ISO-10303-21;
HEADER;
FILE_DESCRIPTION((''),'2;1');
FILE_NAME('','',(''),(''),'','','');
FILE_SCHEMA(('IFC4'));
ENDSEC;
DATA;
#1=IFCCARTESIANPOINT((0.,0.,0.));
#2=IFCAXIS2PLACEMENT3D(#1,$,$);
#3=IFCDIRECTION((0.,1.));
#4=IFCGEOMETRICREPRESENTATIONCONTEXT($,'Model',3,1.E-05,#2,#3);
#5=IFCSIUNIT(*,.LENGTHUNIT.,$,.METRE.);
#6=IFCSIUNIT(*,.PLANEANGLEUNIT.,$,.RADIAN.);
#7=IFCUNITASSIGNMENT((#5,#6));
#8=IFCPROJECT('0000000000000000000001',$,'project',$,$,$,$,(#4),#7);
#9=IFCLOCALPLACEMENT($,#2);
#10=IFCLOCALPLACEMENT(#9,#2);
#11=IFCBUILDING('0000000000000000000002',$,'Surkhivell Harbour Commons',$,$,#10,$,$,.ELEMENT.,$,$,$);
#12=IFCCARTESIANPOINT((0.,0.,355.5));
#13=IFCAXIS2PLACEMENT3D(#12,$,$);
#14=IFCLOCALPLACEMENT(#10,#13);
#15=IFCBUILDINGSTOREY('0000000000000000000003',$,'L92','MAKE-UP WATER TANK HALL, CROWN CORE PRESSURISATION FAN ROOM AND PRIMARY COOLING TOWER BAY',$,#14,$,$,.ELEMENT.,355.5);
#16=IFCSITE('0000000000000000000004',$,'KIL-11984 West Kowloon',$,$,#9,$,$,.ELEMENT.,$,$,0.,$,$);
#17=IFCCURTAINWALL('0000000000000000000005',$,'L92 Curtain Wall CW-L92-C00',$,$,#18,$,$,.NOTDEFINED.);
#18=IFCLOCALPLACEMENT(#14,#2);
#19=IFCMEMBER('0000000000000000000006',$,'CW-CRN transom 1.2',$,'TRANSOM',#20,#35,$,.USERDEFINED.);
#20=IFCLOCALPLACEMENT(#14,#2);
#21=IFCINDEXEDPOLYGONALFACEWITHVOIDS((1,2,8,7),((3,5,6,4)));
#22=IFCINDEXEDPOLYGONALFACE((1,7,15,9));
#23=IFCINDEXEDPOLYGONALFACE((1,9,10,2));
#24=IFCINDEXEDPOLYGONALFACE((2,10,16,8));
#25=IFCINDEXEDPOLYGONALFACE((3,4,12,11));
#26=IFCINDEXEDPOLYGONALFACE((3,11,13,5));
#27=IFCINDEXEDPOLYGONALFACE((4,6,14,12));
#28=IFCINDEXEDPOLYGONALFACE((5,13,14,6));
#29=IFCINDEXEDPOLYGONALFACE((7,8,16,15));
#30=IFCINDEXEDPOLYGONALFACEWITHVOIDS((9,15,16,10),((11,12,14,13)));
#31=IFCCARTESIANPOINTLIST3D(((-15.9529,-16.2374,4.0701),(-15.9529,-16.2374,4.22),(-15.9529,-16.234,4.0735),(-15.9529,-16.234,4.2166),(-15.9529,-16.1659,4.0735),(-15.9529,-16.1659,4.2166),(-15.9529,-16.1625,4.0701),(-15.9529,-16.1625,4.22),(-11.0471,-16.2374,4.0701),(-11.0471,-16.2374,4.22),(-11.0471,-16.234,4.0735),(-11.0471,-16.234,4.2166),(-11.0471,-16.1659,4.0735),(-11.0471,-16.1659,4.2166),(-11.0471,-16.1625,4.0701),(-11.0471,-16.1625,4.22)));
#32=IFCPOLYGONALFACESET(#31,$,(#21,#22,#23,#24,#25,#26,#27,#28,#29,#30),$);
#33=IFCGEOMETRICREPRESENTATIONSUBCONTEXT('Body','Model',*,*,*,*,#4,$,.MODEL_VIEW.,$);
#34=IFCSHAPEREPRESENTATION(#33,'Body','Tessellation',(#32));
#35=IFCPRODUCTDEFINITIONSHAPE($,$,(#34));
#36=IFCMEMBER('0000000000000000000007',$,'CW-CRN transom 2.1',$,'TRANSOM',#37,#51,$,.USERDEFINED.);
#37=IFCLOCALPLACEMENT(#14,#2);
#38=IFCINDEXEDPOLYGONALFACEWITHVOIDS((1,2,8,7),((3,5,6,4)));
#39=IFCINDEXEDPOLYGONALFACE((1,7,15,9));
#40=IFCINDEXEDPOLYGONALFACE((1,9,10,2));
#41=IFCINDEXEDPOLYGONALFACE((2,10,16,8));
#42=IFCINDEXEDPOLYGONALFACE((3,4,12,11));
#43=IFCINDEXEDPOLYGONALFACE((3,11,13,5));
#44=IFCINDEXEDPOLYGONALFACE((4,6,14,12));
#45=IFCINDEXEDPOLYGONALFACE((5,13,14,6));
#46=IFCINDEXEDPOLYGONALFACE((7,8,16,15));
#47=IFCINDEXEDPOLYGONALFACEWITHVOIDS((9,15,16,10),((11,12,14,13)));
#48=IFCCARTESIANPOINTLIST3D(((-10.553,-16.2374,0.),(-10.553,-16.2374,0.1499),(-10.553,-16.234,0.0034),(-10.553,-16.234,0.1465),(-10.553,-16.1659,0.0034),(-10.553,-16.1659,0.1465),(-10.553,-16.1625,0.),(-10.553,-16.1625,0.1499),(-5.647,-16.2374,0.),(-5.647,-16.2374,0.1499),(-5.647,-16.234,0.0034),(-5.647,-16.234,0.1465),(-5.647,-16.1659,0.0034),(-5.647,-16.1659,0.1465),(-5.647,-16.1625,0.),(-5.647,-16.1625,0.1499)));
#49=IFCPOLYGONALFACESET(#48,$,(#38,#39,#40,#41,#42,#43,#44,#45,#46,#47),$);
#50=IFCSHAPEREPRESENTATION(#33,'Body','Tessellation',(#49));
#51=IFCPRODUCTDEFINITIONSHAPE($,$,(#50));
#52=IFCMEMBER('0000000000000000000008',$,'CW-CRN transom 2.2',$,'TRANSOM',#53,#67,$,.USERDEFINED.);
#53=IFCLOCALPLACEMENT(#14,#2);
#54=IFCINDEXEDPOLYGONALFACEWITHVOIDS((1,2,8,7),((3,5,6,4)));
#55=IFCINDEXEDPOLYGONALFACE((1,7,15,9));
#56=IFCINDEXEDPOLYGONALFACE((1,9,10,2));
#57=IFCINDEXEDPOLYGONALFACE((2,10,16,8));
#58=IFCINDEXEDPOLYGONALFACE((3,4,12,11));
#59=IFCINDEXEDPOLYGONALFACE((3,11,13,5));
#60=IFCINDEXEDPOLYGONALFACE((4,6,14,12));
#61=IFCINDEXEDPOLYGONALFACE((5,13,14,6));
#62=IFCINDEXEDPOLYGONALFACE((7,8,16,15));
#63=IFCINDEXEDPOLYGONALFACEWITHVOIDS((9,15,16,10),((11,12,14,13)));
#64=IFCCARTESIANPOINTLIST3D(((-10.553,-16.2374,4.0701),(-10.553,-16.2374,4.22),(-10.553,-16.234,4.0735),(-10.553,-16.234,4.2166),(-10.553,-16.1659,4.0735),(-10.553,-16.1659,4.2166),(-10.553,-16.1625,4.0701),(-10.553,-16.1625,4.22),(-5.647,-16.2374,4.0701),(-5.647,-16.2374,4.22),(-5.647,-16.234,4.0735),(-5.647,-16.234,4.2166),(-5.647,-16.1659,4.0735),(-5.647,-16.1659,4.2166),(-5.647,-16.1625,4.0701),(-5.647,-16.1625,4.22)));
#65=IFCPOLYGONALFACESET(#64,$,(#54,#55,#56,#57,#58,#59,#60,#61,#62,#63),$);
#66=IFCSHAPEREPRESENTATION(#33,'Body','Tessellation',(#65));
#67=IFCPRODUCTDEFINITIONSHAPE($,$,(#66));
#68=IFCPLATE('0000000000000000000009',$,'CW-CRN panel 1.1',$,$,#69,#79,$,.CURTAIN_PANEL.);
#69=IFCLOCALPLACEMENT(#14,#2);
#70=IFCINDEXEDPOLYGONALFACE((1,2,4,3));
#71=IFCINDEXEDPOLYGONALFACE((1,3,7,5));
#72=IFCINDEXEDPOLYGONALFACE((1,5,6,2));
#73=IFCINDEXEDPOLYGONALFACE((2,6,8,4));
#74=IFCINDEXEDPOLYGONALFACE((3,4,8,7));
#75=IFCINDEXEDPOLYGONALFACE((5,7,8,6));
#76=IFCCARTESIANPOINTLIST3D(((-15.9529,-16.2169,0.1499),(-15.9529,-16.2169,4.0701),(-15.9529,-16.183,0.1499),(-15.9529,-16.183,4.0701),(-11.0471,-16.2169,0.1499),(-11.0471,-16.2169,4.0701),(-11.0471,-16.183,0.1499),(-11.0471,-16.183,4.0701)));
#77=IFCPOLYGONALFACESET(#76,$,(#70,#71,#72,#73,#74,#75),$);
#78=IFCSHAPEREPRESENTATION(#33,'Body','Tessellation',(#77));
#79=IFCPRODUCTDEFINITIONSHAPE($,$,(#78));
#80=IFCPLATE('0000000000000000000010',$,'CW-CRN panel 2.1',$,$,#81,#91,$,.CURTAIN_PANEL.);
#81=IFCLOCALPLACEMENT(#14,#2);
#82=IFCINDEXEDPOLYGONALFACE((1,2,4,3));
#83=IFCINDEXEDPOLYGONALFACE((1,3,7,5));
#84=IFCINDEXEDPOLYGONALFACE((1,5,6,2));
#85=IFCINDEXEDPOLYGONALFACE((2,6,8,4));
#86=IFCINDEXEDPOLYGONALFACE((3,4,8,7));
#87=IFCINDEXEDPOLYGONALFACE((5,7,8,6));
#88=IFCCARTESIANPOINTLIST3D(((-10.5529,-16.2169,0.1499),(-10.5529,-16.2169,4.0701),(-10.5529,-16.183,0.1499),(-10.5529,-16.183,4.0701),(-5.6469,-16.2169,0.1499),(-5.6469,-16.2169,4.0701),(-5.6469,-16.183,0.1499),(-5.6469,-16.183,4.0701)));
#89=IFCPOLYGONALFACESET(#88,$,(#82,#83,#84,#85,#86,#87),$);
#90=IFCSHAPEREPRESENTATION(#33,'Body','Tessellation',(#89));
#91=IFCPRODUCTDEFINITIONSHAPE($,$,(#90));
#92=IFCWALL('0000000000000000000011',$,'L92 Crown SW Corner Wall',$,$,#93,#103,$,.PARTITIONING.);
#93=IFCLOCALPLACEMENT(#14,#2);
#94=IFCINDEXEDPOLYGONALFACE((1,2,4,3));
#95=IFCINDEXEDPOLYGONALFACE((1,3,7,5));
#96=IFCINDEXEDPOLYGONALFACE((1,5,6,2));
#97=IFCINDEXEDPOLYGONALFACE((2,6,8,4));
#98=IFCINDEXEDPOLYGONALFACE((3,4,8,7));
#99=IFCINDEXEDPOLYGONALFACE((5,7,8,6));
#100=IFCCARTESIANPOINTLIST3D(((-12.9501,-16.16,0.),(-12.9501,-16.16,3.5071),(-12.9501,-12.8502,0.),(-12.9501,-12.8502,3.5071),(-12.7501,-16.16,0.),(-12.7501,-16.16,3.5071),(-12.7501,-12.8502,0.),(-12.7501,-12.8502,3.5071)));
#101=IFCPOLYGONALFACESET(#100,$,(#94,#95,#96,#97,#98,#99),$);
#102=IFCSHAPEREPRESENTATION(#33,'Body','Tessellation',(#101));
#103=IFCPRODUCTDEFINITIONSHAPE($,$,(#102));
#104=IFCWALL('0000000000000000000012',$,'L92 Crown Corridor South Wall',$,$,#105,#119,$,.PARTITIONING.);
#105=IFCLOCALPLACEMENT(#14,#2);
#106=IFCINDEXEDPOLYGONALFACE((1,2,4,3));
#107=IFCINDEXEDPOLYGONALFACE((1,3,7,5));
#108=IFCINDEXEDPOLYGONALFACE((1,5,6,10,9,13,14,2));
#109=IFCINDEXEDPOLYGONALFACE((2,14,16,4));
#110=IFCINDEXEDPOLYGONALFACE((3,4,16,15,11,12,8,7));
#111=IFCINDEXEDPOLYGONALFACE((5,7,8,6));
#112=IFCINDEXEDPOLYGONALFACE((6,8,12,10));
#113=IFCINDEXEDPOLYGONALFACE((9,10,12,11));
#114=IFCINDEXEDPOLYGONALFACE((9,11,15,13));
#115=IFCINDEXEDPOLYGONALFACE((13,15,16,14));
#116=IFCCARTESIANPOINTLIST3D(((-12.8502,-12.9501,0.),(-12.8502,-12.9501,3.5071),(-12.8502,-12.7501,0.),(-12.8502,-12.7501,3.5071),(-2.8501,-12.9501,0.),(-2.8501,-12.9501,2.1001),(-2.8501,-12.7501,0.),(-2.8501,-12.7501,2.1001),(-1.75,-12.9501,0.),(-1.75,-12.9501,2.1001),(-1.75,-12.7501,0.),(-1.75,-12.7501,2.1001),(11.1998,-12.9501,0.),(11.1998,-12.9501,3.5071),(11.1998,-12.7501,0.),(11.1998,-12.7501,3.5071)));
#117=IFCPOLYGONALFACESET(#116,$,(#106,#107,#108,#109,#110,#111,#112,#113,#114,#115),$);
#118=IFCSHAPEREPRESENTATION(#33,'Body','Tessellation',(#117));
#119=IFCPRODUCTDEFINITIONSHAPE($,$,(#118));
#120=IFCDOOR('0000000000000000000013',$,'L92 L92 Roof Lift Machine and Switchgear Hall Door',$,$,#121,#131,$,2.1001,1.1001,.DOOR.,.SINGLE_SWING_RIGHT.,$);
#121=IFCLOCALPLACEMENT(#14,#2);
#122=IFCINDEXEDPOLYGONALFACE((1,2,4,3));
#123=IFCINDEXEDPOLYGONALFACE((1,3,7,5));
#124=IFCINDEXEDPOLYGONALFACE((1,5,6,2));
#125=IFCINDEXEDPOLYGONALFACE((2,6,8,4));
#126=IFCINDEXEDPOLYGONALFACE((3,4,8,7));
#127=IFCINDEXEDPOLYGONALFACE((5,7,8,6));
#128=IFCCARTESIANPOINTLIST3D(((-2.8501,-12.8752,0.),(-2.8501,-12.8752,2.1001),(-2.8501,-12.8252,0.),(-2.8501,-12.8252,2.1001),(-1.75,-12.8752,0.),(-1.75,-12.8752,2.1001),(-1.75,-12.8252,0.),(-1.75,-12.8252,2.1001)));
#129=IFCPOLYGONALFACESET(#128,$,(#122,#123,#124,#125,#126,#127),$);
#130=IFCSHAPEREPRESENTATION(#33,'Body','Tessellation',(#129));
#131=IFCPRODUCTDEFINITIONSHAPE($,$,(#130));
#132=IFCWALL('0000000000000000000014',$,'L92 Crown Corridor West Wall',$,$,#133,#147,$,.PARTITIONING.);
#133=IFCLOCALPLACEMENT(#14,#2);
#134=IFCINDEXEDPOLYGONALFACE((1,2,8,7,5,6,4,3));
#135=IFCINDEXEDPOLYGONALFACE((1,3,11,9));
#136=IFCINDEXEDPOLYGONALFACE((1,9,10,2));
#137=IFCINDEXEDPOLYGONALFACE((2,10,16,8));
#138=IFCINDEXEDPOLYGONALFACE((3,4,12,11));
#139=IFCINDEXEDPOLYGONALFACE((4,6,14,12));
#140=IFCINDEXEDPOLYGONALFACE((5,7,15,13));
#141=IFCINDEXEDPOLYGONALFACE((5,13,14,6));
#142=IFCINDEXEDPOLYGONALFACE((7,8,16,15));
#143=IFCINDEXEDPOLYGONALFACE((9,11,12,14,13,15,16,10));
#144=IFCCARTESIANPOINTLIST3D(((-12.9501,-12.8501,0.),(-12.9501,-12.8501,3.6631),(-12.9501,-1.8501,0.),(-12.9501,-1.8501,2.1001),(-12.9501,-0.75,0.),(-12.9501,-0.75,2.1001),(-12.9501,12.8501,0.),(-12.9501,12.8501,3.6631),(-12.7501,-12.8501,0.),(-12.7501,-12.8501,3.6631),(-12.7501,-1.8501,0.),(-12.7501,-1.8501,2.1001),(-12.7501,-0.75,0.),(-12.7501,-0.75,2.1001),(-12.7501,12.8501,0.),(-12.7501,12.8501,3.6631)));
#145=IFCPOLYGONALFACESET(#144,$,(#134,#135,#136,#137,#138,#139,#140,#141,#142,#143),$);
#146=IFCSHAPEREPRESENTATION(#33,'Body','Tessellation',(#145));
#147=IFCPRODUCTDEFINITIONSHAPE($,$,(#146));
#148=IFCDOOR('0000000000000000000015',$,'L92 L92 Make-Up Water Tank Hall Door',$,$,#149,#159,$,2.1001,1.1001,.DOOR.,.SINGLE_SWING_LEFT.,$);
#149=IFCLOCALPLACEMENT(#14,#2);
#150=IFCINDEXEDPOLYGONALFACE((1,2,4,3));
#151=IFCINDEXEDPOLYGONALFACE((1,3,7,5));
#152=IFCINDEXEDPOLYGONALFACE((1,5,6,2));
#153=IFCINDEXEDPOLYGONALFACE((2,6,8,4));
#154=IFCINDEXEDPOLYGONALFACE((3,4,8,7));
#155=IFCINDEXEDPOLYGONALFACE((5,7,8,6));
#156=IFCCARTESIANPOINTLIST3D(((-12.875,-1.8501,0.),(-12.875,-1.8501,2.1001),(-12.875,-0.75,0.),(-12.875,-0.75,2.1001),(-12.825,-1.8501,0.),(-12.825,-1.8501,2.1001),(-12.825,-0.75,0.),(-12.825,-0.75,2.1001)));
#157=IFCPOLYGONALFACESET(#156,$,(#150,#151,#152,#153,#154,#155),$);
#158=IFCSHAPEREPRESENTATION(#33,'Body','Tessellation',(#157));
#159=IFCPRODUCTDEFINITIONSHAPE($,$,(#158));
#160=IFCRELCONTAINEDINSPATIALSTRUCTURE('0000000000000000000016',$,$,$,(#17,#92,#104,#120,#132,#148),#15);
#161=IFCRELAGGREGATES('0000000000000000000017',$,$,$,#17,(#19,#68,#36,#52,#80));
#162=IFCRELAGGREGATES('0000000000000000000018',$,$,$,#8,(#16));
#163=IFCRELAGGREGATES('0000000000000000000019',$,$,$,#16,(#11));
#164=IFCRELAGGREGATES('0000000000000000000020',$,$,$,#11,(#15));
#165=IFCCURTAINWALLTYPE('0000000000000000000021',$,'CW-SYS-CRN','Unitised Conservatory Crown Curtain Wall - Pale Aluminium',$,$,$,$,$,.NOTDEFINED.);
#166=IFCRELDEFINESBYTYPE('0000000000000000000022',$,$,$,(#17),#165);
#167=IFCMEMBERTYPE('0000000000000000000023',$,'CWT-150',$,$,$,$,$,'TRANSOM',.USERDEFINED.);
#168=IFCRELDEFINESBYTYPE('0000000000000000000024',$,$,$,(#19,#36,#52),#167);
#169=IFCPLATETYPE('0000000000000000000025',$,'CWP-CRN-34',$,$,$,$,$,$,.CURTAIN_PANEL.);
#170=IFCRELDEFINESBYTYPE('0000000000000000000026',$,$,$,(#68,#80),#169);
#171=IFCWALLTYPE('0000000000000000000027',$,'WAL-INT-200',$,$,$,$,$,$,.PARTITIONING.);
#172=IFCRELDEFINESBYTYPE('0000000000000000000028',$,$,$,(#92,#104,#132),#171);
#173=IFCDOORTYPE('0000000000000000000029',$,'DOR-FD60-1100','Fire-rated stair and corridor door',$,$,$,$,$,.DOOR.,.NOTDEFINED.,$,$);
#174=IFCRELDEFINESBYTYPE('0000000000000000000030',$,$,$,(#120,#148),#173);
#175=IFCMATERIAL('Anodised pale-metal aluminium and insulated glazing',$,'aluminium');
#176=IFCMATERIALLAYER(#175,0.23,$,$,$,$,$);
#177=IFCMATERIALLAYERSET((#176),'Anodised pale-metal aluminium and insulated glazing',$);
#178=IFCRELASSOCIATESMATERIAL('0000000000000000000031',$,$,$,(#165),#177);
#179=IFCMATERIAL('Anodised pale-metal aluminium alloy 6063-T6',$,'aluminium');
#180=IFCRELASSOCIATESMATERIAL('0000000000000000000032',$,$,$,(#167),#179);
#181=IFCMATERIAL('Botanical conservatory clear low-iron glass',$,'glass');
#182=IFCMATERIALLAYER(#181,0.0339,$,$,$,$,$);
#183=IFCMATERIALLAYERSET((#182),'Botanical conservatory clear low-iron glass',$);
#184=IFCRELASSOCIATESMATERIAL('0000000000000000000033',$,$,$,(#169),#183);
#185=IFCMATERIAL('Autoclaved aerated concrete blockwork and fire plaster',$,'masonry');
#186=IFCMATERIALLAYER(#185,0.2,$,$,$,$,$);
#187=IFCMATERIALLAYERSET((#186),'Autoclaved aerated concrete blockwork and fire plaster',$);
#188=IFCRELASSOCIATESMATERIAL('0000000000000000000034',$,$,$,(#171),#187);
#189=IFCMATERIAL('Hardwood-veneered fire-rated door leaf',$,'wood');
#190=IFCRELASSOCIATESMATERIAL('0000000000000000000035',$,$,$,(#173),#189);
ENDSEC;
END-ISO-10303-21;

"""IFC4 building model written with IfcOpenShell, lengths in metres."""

from ifc_helpers import new_model, si_unit, direction, frame, frame_2d, origin, origin_2d, place, context, subcontext, project, spatial, rectangle, hollow_rectangle, extrude, material, layer, layer_set, material_profile, profile_set, type_object, element, fill, aggregate, save


model = new_model("IFC4")

# Units and contexts
model_context = context("Model", 3, precision=1e-05, world=origin(), true_north=direction((0.0, 1.0)))
body_context = subcontext(model_context, "Body", "Model", "MODEL_VIEW")
ifc_project = project(units=[si_unit("LENGTHUNIT", "METRE"), si_unit("PLANEANGLEUNIT", "RADIAN")], contexts=[model_context])

# Site, building, storey
site_placement = place(None, origin())
site = spatial("IfcSite", under=ifc_project, at=site_placement, Name="KIL-11984 West Kowloon", CompositionType="ELEMENT", RefElevation=0.0)
building_placement = place(site_placement, origin())
building = spatial("IfcBuilding", under=site, at=building_placement, Name="Surkhivell Harbour Commons", CompositionType="ELEMENT")
storey_placement = place(building_placement, frame((0.0, 0.0, 355.5)))
storey = spatial("IfcBuildingStorey", under=building, at=storey_placement, Name="L92", Description="MAKE-UP WATER TANK HALL, CROWN CORE PRESSURISATION FAN ROOM AND PRIMARY COOLING TOWER BAY", CompositionType="ELEMENT", Elevation=355.5)

# Curtain wall, members, plates
ifc_material_1 = material(Name="Anodised pale-metal aluminium and insulated glazing", Category="aluminium")
ifc_layer_1 = layer(ifc_material_1, 0.23)
ifc_layer_set_1 = layer_set([ifc_layer_1], Name="Anodised pale-metal aluminium and insulated glazing")
curtain_wall_type = type_object("IfcCurtainWallType", Name="CW-SYS-CRN", Description="Unitised Conservatory Crown Curtain Wall - Pale Aluminium", PredefinedType="NOTDEFINED", material=ifc_layer_set_1)
curtain_wall_placement = place(storey_placement, origin())
curtain_wall = element("IfcCurtainWall", 1, at=curtain_wall_placement, inside=storey, type_object=curtain_wall_type, Name="L92 Curtain Wall CW-L92-C00", PredefinedType="NOTDEFINED")
ifc_material_2 = material(Name="Anodised pale-metal aluminium alloy 6063-T6", Category="aluminium")
ifc_material_profile_1 = material_profile(ifc_material_2, hollow_rectangle(XDim=0.075, YDim=0.1499, WallThickness=0.0034, at=origin_2d()), Name="ALU-TRAN-75x150")
ifc_profile_set_1 = profile_set([ifc_material_profile_1], Name="Anodised pale-metal aluminium alloy 6063-T6")
member_type_1 = type_object("IfcMemberType", Name="CWT-150", ElementType="TRANSOM", PredefinedType="USERDEFINED", material=ifc_profile_set_1)
member_1_placement = place(storey_placement, frame((-15.9529, -16.2, 4.145), z_axis=(1.0, 0.0, 0.0), x_axis=(0.0, 1.0, 0.0)))
member_1 = element("IfcMember", 2, at=member_1_placement, type_object=member_type_1, Name="CW-CRN transom 1.2", ObjectType="TRANSOM", PredefinedType="USERDEFINED", context=body_context, shape_type="SweptSolid", body=[
    extrude(hollow_rectangle(XDim=0.075, YDim=0.1499, WallThickness=0.0034, at=origin_2d()), origin(), (0.0, 0.0, 1.0), 4.9058),
])
member_2_placement = place(storey_placement, frame((-10.553, -16.2, 0.075), z_axis=(1.0, 0.0, 0.0), x_axis=(0.0, 1.0, 0.0)))
member_2 = element("IfcMember", 3, at=member_2_placement, type_object=member_type_1, Name="CW-CRN transom 2.1", ObjectType="TRANSOM", PredefinedType="USERDEFINED", context=body_context, shape_type="SweptSolid", body=[
    extrude(hollow_rectangle(XDim=0.075, YDim=0.1499, WallThickness=0.0034, at=origin_2d()), origin(), (0.0, 0.0, 1.0), 4.906),
])
member_3_placement = place(storey_placement, frame((-10.553, -16.2, 4.145), z_axis=(1.0, 0.0, 0.0), x_axis=(0.0, 1.0, 0.0)))
member_3 = element("IfcMember", 4, at=member_3_placement, type_object=member_type_1, Name="CW-CRN transom 2.2", ObjectType="TRANSOM", PredefinedType="USERDEFINED", context=body_context, shape_type="SweptSolid", body=[
    extrude(hollow_rectangle(XDim=0.075, YDim=0.1499, WallThickness=0.0034, at=origin_2d()), origin(), (0.0, 0.0, 1.0), 4.906),
])
ifc_material_3 = material(Name="Botanical conservatory clear low-iron glass", Category="glass")
ifc_layer_2 = layer(ifc_material_3, 0.0339)
ifc_layer_set_2 = layer_set([ifc_layer_2], Name="Botanical conservatory clear low-iron glass")
plate_type = type_object("IfcPlateType", Name="CWP-CRN-34", PredefinedType="CURTAIN_PANEL", material=ifc_layer_set_2)
plate_1_placement = place(storey_placement, frame((-15.9529, -16.2, 0.1499), z_axis=(0.0, 0.0, 1.0), x_axis=(1.0, 0.0, 0.0)))
plate_1 = element("IfcPlate", 5, at=plate_1_placement, type_object=plate_type, Name="CW-CRN panel 1.1", PredefinedType="CURTAIN_PANEL", context=body_context, shape_type="SweptSolid", body=[
    extrude(rectangle(XDim=4.9058, YDim=0.0339, at=frame_2d((2.4529, 0.0))), origin(), (0.0, 0.0, 1.0), 3.9202),
])
plate_2_placement = place(storey_placement, frame((-10.553, -16.2, 0.1499), z_axis=(0.0, 0.0, 1.0), x_axis=(1.0, 0.0, 0.0)))
plate_2 = element("IfcPlate", 6, at=plate_2_placement, type_object=plate_type, Name="CW-CRN panel 2.1", PredefinedType="CURTAIN_PANEL", context=body_context, shape_type="SweptSolid", body=[
    extrude(rectangle(XDim=4.906, YDim=0.0339, at=frame_2d((2.4531, 0.0))), origin(), (0.0, 0.0, 1.0), 3.9202),
])
aggregate(curtain_wall, [member_1, plate_1, member_2, member_3, plate_2])

# Wall
ifc_material_4 = material(Name="Autoclaved aerated concrete blockwork and fire plaster", Category="masonry")
ifc_layer_3 = layer(ifc_material_4, 0.2)
ifc_layer_set_3 = layer_set([ifc_layer_3], Name="Autoclaved aerated concrete blockwork and fire plaster")
wall_type = type_object("IfcWallType", Name="WAL-INT-200", PredefinedType="PARTITIONING", material=ifc_layer_set_3)
wall_1_placement = place(storey_placement, frame((-12.8501, -16.1599, 0.0), z_axis=(0.0, 0.0, 1.0), x_axis=(0.0, 1.0, 0.0)))
element("IfcWall", 7, at=wall_1_placement, inside=storey, type_object=wall_type, Name="L92 Crown SW Corner Wall", PredefinedType="PARTITIONING", context=body_context, shape_type="SweptSolid", body=[
    extrude(rectangle(XDim=3.3098, YDim=0.2, at=frame_2d((1.6548, 0.0))), origin(), (0.0, 0.0, 1.0), 3.5071),
])

# Walls, openings, doors
wall_2_placement = place(storey_placement, frame((-12.8501, -12.8501, 0.0), z_axis=(0.0, 0.0, 1.0), x_axis=(1.0, 0.0, 0.0)))
wall_2 = element("IfcWall", 8, at=wall_2_placement, inside=storey, type_object=wall_type, Name="L92 Crown Corridor South Wall", PredefinedType="PARTITIONING", context=body_context, shape_type="SweptSolid", body=[
    extrude(rectangle(XDim=24.05, YDim=0.2, at=frame_2d((12.0249, 0.0))), origin(), (0.0, 0.0, 1.0), 3.5071),
])
opening_1_placement = place(wall_2_placement, frame((10.0, 0.0, 0.0)))
opening_1 = element("IfcOpeningElement", 9, at=opening_1_placement, cuts=wall_2, PredefinedType="OPENING", context=body_context, shape_type="SweptSolid", body=[
    extrude(rectangle(XDim=1.1001, YDim=2.1001, at=frame_2d((0.55, 1.05))), frame((0.0, 0.1099, 0.0), z_axis=(0.0, -1.0, 0.0), x_axis=(1.0, 0.0, 0.0)), (0.0, 0.0, 1.0), 0.22),
])
ifc_material_5 = material(Name="Hardwood-veneered fire-rated door leaf", Category="wood")
door_type = type_object("IfcDoorType", Name="DOR-FD60-1100", Description="Fire-rated stair and corridor door", OperationType="NOTDEFINED", PredefinedType="DOOR", material=ifc_material_5)
door_1_placement = place(opening_1_placement, origin())
door_1 = element("IfcDoor", 10, at=door_1_placement, inside=storey, type_object=door_type, Name="L92 L92 Roof Lift Machine and Switchgear Hall Door", OperationType="SINGLE_SWING_RIGHT", OverallHeight=2.1001, OverallWidth=1.1001, PredefinedType="DOOR", context=body_context, shape_type="SweptSolid", body=[
    extrude(rectangle(XDim=1.1001, YDim=2.1001, at=frame_2d((0.55, 1.05))), frame((0.0, 0.0249, 0.0), z_axis=(0.0, -1.0, 0.0), x_axis=(1.0, 0.0, 0.0)), (0.0, 0.0, 1.0), 0.05),
])
fill(opening_1, door_1)
wall_3_placement = place(storey_placement, frame((-12.8501, -12.8501, 0.0), z_axis=(0.0, 0.0, 1.0), x_axis=(0.0, 1.0, 0.0)))
wall_3 = element("IfcWall", 11, at=wall_3_placement, inside=storey, type_object=wall_type, Name="L92 Crown Corridor West Wall", PredefinedType="PARTITIONING", context=body_context, shape_type="SweptSolid", body=[
    extrude(rectangle(XDim=25.7002, YDim=0.2, at=frame_2d((12.8501, 0.0))), origin(), (0.0, 0.0, 1.0), 3.6631),
])
opening_2_placement = place(wall_3_placement, frame((11.0, 0.0, 0.0)))
opening_2 = element("IfcOpeningElement", 12, at=opening_2_placement, cuts=wall_3, PredefinedType="OPENING", context=body_context, shape_type="SweptSolid", body=[
    extrude(rectangle(XDim=1.1001, YDim=2.1001, at=frame_2d((0.55, 1.05))), frame((0.0, 0.1099, 0.0), z_axis=(0.0, -1.0, 0.0), x_axis=(1.0, 0.0, 0.0)), (0.0, 0.0, 1.0), 0.22),
])
door_2_placement = place(opening_2_placement, origin())
door_2 = element("IfcDoor", 13, at=door_2_placement, inside=storey, type_object=door_type, Name="L92 L92 Make-Up Water Tank Hall Door", OperationType="SINGLE_SWING_LEFT", OverallHeight=2.1001, OverallWidth=1.1001, PredefinedType="DOOR", context=body_context, shape_type="SweptSolid", body=[
    extrude(rectangle(XDim=1.1001, YDim=2.1001, at=frame_2d((0.55, 1.05))), frame((0.0, 0.0249, 0.0), z_axis=(0.0, -1.0, 0.0), x_axis=(1.0, 0.0, 0.0)), (0.0, 0.0, 1.0), 0.05),
])
fill(opening_2, door_2)

save(model, "model.ifc")
